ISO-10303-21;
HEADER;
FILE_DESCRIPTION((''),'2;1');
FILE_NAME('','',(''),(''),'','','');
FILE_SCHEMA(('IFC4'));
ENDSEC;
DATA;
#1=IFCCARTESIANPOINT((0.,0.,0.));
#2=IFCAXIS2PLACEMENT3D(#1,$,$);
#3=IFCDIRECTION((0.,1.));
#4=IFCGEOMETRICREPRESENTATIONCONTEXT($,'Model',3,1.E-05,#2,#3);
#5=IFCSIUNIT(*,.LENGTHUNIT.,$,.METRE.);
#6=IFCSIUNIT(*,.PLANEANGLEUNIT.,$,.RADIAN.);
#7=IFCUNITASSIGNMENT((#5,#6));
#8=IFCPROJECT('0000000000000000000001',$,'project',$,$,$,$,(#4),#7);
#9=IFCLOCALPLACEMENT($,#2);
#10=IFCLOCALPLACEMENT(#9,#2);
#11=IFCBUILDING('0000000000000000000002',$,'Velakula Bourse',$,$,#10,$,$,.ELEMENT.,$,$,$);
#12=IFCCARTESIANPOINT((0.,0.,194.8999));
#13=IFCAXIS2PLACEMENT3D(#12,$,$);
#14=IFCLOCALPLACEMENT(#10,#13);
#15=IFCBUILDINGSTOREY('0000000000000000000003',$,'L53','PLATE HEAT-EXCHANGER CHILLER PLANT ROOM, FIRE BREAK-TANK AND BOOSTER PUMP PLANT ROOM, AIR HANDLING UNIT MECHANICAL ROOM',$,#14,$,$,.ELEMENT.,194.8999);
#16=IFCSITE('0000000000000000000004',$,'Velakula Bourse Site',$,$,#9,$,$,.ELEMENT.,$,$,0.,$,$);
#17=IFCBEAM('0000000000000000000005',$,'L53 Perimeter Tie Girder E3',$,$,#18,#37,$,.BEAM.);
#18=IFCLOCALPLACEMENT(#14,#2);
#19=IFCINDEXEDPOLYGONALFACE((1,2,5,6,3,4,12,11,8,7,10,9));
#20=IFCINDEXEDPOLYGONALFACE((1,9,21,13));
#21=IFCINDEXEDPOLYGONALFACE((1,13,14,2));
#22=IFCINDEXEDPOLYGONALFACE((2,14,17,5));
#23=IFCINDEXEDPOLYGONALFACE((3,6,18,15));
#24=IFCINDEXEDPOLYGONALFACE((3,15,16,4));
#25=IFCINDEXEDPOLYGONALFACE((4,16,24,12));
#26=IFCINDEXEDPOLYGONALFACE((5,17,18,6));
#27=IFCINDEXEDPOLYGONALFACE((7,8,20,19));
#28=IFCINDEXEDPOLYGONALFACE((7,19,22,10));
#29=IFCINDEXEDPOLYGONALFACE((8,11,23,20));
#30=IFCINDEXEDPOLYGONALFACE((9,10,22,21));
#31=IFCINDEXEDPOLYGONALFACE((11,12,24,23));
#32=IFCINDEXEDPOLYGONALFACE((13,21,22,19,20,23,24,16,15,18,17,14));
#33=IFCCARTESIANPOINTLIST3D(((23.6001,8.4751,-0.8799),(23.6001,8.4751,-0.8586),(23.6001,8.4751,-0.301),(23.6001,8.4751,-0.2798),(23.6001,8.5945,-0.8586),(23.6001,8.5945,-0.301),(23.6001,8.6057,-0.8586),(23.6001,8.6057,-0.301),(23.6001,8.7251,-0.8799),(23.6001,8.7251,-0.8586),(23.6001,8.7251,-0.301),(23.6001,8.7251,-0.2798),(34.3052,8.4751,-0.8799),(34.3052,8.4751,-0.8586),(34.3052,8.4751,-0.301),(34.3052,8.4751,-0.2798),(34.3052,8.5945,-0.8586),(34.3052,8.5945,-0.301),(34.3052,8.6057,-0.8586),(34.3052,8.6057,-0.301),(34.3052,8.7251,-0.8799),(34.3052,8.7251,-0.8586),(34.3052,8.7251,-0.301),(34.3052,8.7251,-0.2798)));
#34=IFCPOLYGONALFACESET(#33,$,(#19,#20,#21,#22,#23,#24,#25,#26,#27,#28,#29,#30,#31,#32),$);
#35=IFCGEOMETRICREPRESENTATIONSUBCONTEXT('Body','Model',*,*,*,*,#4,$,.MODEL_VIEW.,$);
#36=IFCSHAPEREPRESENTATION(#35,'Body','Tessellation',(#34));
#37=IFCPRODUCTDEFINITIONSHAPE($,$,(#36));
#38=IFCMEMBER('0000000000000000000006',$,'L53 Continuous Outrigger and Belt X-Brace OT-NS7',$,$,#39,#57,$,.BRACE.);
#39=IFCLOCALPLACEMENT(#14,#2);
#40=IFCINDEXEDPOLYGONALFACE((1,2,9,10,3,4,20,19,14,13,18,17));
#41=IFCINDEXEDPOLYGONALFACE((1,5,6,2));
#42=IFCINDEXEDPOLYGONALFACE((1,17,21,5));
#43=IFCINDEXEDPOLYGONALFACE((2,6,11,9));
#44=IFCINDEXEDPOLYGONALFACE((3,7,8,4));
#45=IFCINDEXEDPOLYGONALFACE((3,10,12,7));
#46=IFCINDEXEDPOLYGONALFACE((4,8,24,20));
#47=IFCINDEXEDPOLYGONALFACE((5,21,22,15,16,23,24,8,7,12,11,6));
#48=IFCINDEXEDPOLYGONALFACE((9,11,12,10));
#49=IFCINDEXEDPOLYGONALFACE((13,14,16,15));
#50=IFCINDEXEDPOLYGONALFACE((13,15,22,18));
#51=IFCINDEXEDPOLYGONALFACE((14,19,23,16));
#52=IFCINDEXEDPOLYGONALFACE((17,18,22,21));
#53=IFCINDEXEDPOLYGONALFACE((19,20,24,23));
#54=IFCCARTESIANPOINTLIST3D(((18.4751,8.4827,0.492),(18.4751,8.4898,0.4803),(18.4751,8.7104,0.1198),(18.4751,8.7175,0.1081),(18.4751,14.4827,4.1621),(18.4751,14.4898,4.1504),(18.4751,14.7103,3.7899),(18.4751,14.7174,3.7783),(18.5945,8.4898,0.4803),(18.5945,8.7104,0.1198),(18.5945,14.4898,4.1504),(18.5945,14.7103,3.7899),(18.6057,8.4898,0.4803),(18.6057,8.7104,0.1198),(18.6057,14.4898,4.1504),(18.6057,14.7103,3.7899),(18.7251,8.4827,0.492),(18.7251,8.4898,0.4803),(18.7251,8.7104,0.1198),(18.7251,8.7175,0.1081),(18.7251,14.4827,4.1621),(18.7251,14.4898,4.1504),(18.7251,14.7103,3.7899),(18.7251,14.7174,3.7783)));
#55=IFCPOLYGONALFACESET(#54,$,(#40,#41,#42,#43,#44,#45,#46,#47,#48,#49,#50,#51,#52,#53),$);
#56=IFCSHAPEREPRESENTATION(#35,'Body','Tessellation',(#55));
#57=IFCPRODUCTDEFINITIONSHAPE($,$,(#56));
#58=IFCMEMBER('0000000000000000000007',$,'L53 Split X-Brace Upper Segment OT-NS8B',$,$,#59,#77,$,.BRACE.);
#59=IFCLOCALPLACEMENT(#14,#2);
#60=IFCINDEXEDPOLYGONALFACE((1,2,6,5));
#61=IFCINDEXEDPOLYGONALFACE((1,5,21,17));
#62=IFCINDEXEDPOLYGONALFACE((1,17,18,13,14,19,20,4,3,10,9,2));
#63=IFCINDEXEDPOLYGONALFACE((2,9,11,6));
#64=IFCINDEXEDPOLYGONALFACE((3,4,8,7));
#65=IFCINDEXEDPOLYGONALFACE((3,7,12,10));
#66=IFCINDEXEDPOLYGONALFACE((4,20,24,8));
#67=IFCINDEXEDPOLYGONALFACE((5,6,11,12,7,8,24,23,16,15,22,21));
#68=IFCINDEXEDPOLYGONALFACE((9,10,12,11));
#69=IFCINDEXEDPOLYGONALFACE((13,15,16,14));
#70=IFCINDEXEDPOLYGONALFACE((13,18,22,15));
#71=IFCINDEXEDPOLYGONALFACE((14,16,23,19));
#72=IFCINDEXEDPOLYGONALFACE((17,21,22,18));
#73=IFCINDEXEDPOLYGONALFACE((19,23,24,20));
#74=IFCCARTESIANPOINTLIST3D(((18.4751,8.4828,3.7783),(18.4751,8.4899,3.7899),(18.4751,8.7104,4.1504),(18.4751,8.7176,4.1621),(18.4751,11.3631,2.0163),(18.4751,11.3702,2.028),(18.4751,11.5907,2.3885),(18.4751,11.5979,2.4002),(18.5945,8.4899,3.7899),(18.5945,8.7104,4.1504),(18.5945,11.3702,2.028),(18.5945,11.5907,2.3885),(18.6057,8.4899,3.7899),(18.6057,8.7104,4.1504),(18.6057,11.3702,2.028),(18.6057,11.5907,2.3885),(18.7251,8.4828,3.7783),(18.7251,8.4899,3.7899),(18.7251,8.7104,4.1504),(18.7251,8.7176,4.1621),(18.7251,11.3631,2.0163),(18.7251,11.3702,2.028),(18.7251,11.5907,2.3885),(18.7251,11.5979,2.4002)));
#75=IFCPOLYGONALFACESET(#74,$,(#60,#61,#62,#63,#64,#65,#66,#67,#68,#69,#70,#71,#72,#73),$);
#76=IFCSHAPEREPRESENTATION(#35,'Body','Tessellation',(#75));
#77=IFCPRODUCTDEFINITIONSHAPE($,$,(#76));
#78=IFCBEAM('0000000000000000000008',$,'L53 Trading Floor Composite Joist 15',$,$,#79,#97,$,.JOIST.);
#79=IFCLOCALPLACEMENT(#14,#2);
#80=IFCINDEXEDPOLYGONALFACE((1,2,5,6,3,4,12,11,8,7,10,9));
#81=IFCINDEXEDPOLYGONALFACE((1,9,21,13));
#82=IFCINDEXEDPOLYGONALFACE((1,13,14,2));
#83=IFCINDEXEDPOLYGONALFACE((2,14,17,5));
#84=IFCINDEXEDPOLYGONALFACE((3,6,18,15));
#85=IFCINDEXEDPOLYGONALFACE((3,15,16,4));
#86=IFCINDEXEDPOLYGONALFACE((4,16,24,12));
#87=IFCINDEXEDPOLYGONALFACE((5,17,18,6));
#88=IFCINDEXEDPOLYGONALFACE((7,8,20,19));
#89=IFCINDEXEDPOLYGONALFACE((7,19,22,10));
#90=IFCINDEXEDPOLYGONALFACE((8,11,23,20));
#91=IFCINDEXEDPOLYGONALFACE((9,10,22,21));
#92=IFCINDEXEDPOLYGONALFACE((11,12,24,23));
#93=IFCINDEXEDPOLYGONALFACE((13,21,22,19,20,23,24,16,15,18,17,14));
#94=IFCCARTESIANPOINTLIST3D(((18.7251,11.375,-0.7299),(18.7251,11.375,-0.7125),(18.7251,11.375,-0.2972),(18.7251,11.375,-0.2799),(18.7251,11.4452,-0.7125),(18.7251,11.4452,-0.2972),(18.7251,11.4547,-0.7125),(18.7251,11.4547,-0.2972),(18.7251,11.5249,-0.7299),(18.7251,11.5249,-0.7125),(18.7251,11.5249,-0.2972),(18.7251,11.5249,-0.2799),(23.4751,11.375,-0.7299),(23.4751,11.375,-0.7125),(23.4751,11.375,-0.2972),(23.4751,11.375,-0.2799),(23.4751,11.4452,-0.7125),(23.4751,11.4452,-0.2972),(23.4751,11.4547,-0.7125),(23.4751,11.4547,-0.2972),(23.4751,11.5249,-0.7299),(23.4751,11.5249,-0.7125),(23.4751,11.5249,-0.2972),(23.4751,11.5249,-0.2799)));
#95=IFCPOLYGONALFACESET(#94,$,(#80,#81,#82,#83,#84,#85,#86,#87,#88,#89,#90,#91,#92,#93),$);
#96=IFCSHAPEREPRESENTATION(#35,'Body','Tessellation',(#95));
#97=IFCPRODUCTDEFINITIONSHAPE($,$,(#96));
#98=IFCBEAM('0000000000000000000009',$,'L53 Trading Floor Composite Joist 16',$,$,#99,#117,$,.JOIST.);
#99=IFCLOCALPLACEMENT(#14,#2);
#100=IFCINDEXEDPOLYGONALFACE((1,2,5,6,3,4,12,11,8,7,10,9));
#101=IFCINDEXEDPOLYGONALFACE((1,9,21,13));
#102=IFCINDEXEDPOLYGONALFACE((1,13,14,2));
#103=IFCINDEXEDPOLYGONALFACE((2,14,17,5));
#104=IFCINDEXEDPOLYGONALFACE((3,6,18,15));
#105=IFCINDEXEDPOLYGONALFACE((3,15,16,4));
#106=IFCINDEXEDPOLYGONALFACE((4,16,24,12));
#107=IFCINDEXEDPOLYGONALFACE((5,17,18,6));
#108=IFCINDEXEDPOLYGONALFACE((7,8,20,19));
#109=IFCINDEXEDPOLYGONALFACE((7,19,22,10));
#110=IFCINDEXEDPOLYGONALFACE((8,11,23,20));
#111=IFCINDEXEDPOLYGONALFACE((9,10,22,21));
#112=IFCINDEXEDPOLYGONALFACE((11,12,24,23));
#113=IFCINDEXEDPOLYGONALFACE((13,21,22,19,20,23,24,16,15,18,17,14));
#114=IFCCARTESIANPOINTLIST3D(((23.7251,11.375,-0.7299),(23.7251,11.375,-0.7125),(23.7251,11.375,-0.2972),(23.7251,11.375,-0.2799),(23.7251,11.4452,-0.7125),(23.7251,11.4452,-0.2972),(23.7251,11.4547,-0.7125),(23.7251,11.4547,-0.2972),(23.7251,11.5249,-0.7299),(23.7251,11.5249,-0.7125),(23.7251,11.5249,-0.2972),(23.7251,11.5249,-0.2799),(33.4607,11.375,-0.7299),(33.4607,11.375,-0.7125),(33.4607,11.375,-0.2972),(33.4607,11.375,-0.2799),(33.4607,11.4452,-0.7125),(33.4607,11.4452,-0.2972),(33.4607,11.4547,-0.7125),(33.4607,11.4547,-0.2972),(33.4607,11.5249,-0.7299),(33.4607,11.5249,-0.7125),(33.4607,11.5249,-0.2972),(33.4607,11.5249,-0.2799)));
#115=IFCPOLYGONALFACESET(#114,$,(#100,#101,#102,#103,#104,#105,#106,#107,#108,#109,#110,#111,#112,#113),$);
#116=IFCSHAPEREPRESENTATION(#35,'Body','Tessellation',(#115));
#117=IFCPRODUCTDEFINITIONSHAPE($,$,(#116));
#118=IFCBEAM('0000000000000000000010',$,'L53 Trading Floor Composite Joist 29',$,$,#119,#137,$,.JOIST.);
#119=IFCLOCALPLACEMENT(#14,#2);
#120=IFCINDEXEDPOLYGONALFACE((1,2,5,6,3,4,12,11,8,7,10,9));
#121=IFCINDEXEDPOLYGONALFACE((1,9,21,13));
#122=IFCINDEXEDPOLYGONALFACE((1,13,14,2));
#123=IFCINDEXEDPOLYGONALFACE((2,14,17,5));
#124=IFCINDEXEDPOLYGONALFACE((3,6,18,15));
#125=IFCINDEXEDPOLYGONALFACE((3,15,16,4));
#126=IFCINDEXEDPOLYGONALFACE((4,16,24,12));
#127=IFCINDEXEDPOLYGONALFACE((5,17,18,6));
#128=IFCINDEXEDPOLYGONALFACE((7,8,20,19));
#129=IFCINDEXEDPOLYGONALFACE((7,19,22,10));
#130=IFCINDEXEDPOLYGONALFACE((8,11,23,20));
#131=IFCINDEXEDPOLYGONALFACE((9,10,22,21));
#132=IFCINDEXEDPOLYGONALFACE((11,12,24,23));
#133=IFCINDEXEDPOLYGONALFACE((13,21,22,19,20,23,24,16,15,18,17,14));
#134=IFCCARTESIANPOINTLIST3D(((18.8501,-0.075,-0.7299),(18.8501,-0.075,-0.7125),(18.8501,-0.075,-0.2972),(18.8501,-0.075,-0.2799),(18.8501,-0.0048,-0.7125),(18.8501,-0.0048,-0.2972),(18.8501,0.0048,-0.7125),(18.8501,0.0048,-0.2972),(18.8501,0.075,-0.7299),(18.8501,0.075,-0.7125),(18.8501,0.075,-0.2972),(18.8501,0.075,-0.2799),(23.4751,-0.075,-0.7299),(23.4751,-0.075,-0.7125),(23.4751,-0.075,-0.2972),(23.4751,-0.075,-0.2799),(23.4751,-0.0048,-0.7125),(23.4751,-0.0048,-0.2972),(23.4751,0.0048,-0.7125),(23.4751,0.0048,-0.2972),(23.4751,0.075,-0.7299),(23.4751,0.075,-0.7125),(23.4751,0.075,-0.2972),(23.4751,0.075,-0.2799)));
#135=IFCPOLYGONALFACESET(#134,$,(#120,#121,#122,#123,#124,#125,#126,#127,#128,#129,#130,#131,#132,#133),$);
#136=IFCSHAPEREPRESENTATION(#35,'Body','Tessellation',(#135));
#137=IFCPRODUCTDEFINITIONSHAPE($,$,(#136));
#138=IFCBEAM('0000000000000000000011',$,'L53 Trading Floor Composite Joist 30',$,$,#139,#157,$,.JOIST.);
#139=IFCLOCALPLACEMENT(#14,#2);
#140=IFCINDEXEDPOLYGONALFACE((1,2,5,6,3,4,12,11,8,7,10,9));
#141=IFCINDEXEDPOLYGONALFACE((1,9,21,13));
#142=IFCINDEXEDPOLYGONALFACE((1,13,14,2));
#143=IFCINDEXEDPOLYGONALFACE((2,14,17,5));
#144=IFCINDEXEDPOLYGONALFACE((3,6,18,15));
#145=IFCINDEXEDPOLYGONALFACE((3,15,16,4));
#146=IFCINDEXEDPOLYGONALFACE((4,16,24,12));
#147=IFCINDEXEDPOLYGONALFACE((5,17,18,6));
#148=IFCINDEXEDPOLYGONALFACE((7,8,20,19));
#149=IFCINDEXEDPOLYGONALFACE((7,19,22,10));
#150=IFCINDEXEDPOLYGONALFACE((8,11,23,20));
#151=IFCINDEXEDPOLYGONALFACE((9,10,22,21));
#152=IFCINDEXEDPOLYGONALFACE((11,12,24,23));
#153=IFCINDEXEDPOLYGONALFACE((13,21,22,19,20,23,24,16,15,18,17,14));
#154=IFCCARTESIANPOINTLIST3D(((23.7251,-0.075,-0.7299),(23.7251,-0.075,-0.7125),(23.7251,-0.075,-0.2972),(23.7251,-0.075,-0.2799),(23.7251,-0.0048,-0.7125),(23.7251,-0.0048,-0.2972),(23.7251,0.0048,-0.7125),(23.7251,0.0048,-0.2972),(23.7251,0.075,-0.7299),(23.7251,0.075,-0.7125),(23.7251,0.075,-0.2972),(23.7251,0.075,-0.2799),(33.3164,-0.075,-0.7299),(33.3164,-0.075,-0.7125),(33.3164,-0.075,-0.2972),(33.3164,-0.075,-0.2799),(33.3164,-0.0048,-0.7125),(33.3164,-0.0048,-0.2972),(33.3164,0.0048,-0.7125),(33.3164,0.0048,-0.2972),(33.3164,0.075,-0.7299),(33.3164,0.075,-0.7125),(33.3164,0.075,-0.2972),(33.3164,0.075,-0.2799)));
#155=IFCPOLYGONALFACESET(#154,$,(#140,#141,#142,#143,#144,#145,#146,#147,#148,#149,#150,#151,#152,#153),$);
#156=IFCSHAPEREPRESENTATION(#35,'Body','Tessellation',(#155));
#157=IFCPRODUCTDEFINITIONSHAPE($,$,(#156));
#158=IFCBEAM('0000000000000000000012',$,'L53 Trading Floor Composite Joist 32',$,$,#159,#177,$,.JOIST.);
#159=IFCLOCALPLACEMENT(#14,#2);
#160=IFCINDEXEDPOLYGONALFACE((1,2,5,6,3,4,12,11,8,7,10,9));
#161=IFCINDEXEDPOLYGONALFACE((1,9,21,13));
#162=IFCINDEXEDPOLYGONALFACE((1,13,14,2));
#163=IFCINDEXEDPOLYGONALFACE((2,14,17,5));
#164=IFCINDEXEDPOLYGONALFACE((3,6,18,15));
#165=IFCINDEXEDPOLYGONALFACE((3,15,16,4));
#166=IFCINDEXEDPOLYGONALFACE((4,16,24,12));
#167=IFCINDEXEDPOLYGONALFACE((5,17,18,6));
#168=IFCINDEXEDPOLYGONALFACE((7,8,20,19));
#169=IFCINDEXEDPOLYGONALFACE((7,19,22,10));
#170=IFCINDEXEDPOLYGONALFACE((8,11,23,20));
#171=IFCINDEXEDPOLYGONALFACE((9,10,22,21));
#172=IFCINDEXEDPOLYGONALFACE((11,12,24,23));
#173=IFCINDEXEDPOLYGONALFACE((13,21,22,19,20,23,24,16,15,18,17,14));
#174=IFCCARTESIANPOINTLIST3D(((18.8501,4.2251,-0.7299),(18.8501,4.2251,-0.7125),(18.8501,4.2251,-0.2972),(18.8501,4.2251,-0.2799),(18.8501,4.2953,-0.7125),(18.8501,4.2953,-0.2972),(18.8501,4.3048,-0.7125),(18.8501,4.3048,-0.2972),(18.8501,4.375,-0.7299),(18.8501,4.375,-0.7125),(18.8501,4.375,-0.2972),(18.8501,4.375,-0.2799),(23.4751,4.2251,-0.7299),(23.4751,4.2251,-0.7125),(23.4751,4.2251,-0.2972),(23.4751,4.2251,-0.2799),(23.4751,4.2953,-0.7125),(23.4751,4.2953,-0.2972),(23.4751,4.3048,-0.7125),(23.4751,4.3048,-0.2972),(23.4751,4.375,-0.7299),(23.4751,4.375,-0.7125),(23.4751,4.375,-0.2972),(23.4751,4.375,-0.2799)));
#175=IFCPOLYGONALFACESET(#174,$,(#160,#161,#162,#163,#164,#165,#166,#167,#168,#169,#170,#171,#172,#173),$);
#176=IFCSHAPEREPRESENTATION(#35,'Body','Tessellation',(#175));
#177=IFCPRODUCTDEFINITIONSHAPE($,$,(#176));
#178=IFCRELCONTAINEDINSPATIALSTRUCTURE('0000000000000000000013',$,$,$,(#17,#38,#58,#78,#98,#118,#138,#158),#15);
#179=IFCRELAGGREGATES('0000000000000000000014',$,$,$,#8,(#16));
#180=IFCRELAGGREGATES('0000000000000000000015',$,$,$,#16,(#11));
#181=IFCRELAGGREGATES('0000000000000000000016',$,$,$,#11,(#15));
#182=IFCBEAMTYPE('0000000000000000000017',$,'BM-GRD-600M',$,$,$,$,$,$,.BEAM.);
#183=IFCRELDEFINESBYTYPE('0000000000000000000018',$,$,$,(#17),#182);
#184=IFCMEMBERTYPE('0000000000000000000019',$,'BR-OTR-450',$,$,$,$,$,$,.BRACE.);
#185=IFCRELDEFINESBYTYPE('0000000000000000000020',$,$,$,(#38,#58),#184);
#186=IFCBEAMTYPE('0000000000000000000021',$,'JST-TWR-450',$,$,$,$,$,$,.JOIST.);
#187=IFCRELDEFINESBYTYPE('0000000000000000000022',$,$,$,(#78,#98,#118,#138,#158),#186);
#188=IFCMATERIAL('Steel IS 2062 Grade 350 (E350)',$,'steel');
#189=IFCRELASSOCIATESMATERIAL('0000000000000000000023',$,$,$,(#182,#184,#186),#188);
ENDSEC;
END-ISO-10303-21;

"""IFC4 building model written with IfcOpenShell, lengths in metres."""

from ifc_helpers import new_model, si_unit, direction, frame, origin, origin_2d, place, context, subcontext, project, spatial, i_section, extrude, material, material_profile, profile_set, type_object, element, save


model = new_model("IFC4")

# Units and contexts
model_context = context("Model", 3, precision=1e-05, world=origin(), true_north=direction((0.0, 1.0)))
body_context = subcontext(model_context, "Body", "Model", "MODEL_VIEW")
ifc_project = project(units=[si_unit("LENGTHUNIT", "METRE"), si_unit("PLANEANGLEUNIT", "RADIAN")], contexts=[model_context])

# Site, building, storey
site_placement = place(None, origin())
site = spatial("IfcSite", under=ifc_project, at=site_placement, Name="Velakula Bourse Site", CompositionType="ELEMENT", RefElevation=0.0)
building_placement = place(site_placement, origin())
building = spatial("IfcBuilding", under=site, at=building_placement, Name="Velakula Bourse", CompositionType="ELEMENT")
storey_placement = place(building_placement, frame((0.0, 0.0, 194.8999)))
storey = spatial("IfcBuildingStorey", under=building, at=storey_placement, Name="L53", Description="PLATE HEAT-EXCHANGER CHILLER PLANT ROOM, FIRE BREAK-TANK AND BOOSTER PUMP PLANT ROOM, AIR HANDLING UNIT MECHANICAL ROOM", CompositionType="ELEMENT", Elevation=194.8999)

# Shared definitions
ifc_material_1 = material(Name="Steel IS 2062 Grade 350 (E350)", Category="steel")

# Beam
ifc_material_profile_1 = material_profile(ifc_material_1, i_section(OverallWidth=0.25, OverallDepth=0.6001, WebThickness=0.0112, FlangeThickness=0.0212, at=origin_2d()), Name="Steel IS 2062 Grade 350 (E350)")
ifc_profile_set_1 = profile_set([ifc_material_profile_1], Name="Steel IS 2062 Grade 350 (E350)")
beam_type_1 = type_object("IfcBeamType", Name="BM-GRD-600M", PredefinedType="BEAM", material=ifc_profile_set_1)
beam_1_placement = place(storey_placement, frame((23.6001, 8.6001, -0.5798), z_axis=(1.0, 0.0, 0.0), x_axis=(0.0, 1.0, 0.0)))
element("IfcBeam", 1, at=beam_1_placement, inside=storey, type_object=beam_type_1, Name="L53 Perimeter Tie Girder E3", PredefinedType="BEAM", context=body_context, shape_type="SweptSolid", body=[
    extrude(i_section(OverallWidth=0.25, OverallDepth=0.6001, WebThickness=0.0112, FlangeThickness=0.0212, at=origin_2d()), origin(), (0.0, 0.0, 1.0), 10.7051),
])

# Members
ifc_material_profile_2 = material_profile(ifc_material_1, i_section(OverallWidth=0.25, OverallDepth=0.45, WebThickness=0.0112, FlangeThickness=0.0137, at=origin_2d()), Name="Steel IS 2062 Grade 350 (E350)")
ifc_profile_set_2 = profile_set([ifc_material_profile_2], Name="Steel IS 2062 Grade 350 (E350)")
member_type = type_object("IfcMemberType", Name="BR-OTR-450", PredefinedType="BRACE", material=ifc_profile_set_2)
member_1_placement = place(storey_placement, frame((18.6001, 8.6001, 0.3), z_axis=(0.0, 0.85306, 0.521812), x_axis=(-1.0, 0.0, 0.0)))
element("IfcMember", 2, at=member_1_placement, inside=storey, type_object=member_type, Name="L53 Continuous Outrigger and Belt X-Brace OT-NS7", PredefinedType="BRACE", context=body_context, shape_type="SweptSolid", body=[
    extrude(i_section(OverallWidth=0.25, OverallDepth=0.45, WebThickness=0.0112, FlangeThickness=0.0137, at=origin_2d()), origin(), (0.0, 0.0, 1.0), 7.0334),
])
member_2_placement = place(storey_placement, frame((18.6001, 11.4805, 2.2083), z_axis=(0.0, -0.853053, 0.521824), x_axis=(1.0, 0.0, 0.0)))
element("IfcMember", 3, at=member_2_placement, inside=storey, type_object=member_type, Name="L53 Split X-Brace Upper Segment OT-NS8B", PredefinedType="BRACE", context=body_context, shape_type="SweptSolid", body=[
    extrude(i_section(OverallWidth=0.25, OverallDepth=0.45, WebThickness=0.0112, FlangeThickness=0.0137, at=origin_2d()), origin(), (0.0, 0.0, 1.0), 3.3765),
])

# Beams
ifc_material_profile_3 = material_profile(ifc_material_1, i_section(OverallWidth=0.1499, OverallDepth=0.45, WebThickness=0.0095, FlangeThickness=0.0173, at=origin_2d()), Name="Steel IS 2062 Grade 350 (E350)")
ifc_profile_set_3 = profile_set([ifc_material_profile_3], Name="Steel IS 2062 Grade 350 (E350)")
beam_type_2 = type_object("IfcBeamType", Name="JST-TWR-450", PredefinedType="JOIST", material=ifc_profile_set_3)
beam_2_placement = place(storey_placement, frame((18.7251, 11.45, -0.5049), z_axis=(1.0, 0.0, 0.0), x_axis=(0.0, 1.0, 0.0)))
element("IfcBeam", 4, at=beam_2_placement, inside=storey, type_object=beam_type_2, Name="L53 Trading Floor Composite Joist 15", PredefinedType="JOIST", context=body_context, shape_type="SweptSolid", body=[
    extrude(i_section(OverallWidth=0.1499, OverallDepth=0.45, WebThickness=0.0095, FlangeThickness=0.0173, at=origin_2d()), origin(), (0.0, 0.0, 1.0), 4.75),
])
beam_3_placement = place(storey_placement, frame((23.7251, 11.45, -0.5049), z_axis=(1.0, 0.0, 0.0), x_axis=(0.0, 1.0, 0.0)))
element("IfcBeam", 5, at=beam_3_placement, inside=storey, type_object=beam_type_2, Name="L53 Trading Floor Composite Joist 16", PredefinedType="JOIST", context=body_context, shape_type="SweptSolid", body=[
    extrude(i_section(OverallWidth=0.1499, OverallDepth=0.45, WebThickness=0.0095, FlangeThickness=0.0173, at=origin_2d()), origin(), (0.0, 0.0, 1.0), 9.7356),
])
beam_4_placement = place(storey_placement, frame((18.8501, 0.0, -0.5049), z_axis=(1.0, 0.0, 0.0), x_axis=(0.0, 1.0, 0.0)))
element("IfcBeam", 6, at=beam_4_placement, inside=storey, type_object=beam_type_2, Name="L53 Trading Floor Composite Joist 29", PredefinedType="JOIST", context=body_context, shape_type="SweptSolid", body=[
    extrude(i_section(OverallWidth=0.1499, OverallDepth=0.45, WebThickness=0.0095, FlangeThickness=0.0173, at=origin_2d()), origin(), (0.0, 0.0, 1.0), 4.625),
])
beam_5_placement = place(storey_placement, frame((23.7251, 0.0, -0.5049), z_axis=(1.0, 0.0, 0.0), x_axis=(0.0, 1.0, 0.0)))
element("IfcBeam", 7, at=beam_5_placement, inside=storey, type_object=beam_type_2, Name="L53 Trading Floor Composite Joist 30", PredefinedType="JOIST", context=body_context, shape_type="SweptSolid", body=[
    extrude(i_section(OverallWidth=0.1499, OverallDepth=0.45, WebThickness=0.0095, FlangeThickness=0.0173, at=origin_2d()), origin(), (0.0, 0.0, 1.0), 9.5913),
])
beam_6_placement = place(storey_placement, frame((18.8501, 4.3, -0.5049), z_axis=(1.0, 0.0, 0.0), x_axis=(0.0, 1.0, 0.0)))
element("IfcBeam", 8, at=beam_6_placement, inside=storey, type_object=beam_type_2, Name="L53 Trading Floor Composite Joist 32", PredefinedType="JOIST", context=body_context, shape_type="SweptSolid", body=[
    extrude(i_section(OverallWidth=0.1499, OverallDepth=0.45, WebThickness=0.0095, FlangeThickness=0.0173, at=origin_2d()), origin(), (0.0, 0.0, 1.0), 4.625),
])

save(model, "model.ifc")
